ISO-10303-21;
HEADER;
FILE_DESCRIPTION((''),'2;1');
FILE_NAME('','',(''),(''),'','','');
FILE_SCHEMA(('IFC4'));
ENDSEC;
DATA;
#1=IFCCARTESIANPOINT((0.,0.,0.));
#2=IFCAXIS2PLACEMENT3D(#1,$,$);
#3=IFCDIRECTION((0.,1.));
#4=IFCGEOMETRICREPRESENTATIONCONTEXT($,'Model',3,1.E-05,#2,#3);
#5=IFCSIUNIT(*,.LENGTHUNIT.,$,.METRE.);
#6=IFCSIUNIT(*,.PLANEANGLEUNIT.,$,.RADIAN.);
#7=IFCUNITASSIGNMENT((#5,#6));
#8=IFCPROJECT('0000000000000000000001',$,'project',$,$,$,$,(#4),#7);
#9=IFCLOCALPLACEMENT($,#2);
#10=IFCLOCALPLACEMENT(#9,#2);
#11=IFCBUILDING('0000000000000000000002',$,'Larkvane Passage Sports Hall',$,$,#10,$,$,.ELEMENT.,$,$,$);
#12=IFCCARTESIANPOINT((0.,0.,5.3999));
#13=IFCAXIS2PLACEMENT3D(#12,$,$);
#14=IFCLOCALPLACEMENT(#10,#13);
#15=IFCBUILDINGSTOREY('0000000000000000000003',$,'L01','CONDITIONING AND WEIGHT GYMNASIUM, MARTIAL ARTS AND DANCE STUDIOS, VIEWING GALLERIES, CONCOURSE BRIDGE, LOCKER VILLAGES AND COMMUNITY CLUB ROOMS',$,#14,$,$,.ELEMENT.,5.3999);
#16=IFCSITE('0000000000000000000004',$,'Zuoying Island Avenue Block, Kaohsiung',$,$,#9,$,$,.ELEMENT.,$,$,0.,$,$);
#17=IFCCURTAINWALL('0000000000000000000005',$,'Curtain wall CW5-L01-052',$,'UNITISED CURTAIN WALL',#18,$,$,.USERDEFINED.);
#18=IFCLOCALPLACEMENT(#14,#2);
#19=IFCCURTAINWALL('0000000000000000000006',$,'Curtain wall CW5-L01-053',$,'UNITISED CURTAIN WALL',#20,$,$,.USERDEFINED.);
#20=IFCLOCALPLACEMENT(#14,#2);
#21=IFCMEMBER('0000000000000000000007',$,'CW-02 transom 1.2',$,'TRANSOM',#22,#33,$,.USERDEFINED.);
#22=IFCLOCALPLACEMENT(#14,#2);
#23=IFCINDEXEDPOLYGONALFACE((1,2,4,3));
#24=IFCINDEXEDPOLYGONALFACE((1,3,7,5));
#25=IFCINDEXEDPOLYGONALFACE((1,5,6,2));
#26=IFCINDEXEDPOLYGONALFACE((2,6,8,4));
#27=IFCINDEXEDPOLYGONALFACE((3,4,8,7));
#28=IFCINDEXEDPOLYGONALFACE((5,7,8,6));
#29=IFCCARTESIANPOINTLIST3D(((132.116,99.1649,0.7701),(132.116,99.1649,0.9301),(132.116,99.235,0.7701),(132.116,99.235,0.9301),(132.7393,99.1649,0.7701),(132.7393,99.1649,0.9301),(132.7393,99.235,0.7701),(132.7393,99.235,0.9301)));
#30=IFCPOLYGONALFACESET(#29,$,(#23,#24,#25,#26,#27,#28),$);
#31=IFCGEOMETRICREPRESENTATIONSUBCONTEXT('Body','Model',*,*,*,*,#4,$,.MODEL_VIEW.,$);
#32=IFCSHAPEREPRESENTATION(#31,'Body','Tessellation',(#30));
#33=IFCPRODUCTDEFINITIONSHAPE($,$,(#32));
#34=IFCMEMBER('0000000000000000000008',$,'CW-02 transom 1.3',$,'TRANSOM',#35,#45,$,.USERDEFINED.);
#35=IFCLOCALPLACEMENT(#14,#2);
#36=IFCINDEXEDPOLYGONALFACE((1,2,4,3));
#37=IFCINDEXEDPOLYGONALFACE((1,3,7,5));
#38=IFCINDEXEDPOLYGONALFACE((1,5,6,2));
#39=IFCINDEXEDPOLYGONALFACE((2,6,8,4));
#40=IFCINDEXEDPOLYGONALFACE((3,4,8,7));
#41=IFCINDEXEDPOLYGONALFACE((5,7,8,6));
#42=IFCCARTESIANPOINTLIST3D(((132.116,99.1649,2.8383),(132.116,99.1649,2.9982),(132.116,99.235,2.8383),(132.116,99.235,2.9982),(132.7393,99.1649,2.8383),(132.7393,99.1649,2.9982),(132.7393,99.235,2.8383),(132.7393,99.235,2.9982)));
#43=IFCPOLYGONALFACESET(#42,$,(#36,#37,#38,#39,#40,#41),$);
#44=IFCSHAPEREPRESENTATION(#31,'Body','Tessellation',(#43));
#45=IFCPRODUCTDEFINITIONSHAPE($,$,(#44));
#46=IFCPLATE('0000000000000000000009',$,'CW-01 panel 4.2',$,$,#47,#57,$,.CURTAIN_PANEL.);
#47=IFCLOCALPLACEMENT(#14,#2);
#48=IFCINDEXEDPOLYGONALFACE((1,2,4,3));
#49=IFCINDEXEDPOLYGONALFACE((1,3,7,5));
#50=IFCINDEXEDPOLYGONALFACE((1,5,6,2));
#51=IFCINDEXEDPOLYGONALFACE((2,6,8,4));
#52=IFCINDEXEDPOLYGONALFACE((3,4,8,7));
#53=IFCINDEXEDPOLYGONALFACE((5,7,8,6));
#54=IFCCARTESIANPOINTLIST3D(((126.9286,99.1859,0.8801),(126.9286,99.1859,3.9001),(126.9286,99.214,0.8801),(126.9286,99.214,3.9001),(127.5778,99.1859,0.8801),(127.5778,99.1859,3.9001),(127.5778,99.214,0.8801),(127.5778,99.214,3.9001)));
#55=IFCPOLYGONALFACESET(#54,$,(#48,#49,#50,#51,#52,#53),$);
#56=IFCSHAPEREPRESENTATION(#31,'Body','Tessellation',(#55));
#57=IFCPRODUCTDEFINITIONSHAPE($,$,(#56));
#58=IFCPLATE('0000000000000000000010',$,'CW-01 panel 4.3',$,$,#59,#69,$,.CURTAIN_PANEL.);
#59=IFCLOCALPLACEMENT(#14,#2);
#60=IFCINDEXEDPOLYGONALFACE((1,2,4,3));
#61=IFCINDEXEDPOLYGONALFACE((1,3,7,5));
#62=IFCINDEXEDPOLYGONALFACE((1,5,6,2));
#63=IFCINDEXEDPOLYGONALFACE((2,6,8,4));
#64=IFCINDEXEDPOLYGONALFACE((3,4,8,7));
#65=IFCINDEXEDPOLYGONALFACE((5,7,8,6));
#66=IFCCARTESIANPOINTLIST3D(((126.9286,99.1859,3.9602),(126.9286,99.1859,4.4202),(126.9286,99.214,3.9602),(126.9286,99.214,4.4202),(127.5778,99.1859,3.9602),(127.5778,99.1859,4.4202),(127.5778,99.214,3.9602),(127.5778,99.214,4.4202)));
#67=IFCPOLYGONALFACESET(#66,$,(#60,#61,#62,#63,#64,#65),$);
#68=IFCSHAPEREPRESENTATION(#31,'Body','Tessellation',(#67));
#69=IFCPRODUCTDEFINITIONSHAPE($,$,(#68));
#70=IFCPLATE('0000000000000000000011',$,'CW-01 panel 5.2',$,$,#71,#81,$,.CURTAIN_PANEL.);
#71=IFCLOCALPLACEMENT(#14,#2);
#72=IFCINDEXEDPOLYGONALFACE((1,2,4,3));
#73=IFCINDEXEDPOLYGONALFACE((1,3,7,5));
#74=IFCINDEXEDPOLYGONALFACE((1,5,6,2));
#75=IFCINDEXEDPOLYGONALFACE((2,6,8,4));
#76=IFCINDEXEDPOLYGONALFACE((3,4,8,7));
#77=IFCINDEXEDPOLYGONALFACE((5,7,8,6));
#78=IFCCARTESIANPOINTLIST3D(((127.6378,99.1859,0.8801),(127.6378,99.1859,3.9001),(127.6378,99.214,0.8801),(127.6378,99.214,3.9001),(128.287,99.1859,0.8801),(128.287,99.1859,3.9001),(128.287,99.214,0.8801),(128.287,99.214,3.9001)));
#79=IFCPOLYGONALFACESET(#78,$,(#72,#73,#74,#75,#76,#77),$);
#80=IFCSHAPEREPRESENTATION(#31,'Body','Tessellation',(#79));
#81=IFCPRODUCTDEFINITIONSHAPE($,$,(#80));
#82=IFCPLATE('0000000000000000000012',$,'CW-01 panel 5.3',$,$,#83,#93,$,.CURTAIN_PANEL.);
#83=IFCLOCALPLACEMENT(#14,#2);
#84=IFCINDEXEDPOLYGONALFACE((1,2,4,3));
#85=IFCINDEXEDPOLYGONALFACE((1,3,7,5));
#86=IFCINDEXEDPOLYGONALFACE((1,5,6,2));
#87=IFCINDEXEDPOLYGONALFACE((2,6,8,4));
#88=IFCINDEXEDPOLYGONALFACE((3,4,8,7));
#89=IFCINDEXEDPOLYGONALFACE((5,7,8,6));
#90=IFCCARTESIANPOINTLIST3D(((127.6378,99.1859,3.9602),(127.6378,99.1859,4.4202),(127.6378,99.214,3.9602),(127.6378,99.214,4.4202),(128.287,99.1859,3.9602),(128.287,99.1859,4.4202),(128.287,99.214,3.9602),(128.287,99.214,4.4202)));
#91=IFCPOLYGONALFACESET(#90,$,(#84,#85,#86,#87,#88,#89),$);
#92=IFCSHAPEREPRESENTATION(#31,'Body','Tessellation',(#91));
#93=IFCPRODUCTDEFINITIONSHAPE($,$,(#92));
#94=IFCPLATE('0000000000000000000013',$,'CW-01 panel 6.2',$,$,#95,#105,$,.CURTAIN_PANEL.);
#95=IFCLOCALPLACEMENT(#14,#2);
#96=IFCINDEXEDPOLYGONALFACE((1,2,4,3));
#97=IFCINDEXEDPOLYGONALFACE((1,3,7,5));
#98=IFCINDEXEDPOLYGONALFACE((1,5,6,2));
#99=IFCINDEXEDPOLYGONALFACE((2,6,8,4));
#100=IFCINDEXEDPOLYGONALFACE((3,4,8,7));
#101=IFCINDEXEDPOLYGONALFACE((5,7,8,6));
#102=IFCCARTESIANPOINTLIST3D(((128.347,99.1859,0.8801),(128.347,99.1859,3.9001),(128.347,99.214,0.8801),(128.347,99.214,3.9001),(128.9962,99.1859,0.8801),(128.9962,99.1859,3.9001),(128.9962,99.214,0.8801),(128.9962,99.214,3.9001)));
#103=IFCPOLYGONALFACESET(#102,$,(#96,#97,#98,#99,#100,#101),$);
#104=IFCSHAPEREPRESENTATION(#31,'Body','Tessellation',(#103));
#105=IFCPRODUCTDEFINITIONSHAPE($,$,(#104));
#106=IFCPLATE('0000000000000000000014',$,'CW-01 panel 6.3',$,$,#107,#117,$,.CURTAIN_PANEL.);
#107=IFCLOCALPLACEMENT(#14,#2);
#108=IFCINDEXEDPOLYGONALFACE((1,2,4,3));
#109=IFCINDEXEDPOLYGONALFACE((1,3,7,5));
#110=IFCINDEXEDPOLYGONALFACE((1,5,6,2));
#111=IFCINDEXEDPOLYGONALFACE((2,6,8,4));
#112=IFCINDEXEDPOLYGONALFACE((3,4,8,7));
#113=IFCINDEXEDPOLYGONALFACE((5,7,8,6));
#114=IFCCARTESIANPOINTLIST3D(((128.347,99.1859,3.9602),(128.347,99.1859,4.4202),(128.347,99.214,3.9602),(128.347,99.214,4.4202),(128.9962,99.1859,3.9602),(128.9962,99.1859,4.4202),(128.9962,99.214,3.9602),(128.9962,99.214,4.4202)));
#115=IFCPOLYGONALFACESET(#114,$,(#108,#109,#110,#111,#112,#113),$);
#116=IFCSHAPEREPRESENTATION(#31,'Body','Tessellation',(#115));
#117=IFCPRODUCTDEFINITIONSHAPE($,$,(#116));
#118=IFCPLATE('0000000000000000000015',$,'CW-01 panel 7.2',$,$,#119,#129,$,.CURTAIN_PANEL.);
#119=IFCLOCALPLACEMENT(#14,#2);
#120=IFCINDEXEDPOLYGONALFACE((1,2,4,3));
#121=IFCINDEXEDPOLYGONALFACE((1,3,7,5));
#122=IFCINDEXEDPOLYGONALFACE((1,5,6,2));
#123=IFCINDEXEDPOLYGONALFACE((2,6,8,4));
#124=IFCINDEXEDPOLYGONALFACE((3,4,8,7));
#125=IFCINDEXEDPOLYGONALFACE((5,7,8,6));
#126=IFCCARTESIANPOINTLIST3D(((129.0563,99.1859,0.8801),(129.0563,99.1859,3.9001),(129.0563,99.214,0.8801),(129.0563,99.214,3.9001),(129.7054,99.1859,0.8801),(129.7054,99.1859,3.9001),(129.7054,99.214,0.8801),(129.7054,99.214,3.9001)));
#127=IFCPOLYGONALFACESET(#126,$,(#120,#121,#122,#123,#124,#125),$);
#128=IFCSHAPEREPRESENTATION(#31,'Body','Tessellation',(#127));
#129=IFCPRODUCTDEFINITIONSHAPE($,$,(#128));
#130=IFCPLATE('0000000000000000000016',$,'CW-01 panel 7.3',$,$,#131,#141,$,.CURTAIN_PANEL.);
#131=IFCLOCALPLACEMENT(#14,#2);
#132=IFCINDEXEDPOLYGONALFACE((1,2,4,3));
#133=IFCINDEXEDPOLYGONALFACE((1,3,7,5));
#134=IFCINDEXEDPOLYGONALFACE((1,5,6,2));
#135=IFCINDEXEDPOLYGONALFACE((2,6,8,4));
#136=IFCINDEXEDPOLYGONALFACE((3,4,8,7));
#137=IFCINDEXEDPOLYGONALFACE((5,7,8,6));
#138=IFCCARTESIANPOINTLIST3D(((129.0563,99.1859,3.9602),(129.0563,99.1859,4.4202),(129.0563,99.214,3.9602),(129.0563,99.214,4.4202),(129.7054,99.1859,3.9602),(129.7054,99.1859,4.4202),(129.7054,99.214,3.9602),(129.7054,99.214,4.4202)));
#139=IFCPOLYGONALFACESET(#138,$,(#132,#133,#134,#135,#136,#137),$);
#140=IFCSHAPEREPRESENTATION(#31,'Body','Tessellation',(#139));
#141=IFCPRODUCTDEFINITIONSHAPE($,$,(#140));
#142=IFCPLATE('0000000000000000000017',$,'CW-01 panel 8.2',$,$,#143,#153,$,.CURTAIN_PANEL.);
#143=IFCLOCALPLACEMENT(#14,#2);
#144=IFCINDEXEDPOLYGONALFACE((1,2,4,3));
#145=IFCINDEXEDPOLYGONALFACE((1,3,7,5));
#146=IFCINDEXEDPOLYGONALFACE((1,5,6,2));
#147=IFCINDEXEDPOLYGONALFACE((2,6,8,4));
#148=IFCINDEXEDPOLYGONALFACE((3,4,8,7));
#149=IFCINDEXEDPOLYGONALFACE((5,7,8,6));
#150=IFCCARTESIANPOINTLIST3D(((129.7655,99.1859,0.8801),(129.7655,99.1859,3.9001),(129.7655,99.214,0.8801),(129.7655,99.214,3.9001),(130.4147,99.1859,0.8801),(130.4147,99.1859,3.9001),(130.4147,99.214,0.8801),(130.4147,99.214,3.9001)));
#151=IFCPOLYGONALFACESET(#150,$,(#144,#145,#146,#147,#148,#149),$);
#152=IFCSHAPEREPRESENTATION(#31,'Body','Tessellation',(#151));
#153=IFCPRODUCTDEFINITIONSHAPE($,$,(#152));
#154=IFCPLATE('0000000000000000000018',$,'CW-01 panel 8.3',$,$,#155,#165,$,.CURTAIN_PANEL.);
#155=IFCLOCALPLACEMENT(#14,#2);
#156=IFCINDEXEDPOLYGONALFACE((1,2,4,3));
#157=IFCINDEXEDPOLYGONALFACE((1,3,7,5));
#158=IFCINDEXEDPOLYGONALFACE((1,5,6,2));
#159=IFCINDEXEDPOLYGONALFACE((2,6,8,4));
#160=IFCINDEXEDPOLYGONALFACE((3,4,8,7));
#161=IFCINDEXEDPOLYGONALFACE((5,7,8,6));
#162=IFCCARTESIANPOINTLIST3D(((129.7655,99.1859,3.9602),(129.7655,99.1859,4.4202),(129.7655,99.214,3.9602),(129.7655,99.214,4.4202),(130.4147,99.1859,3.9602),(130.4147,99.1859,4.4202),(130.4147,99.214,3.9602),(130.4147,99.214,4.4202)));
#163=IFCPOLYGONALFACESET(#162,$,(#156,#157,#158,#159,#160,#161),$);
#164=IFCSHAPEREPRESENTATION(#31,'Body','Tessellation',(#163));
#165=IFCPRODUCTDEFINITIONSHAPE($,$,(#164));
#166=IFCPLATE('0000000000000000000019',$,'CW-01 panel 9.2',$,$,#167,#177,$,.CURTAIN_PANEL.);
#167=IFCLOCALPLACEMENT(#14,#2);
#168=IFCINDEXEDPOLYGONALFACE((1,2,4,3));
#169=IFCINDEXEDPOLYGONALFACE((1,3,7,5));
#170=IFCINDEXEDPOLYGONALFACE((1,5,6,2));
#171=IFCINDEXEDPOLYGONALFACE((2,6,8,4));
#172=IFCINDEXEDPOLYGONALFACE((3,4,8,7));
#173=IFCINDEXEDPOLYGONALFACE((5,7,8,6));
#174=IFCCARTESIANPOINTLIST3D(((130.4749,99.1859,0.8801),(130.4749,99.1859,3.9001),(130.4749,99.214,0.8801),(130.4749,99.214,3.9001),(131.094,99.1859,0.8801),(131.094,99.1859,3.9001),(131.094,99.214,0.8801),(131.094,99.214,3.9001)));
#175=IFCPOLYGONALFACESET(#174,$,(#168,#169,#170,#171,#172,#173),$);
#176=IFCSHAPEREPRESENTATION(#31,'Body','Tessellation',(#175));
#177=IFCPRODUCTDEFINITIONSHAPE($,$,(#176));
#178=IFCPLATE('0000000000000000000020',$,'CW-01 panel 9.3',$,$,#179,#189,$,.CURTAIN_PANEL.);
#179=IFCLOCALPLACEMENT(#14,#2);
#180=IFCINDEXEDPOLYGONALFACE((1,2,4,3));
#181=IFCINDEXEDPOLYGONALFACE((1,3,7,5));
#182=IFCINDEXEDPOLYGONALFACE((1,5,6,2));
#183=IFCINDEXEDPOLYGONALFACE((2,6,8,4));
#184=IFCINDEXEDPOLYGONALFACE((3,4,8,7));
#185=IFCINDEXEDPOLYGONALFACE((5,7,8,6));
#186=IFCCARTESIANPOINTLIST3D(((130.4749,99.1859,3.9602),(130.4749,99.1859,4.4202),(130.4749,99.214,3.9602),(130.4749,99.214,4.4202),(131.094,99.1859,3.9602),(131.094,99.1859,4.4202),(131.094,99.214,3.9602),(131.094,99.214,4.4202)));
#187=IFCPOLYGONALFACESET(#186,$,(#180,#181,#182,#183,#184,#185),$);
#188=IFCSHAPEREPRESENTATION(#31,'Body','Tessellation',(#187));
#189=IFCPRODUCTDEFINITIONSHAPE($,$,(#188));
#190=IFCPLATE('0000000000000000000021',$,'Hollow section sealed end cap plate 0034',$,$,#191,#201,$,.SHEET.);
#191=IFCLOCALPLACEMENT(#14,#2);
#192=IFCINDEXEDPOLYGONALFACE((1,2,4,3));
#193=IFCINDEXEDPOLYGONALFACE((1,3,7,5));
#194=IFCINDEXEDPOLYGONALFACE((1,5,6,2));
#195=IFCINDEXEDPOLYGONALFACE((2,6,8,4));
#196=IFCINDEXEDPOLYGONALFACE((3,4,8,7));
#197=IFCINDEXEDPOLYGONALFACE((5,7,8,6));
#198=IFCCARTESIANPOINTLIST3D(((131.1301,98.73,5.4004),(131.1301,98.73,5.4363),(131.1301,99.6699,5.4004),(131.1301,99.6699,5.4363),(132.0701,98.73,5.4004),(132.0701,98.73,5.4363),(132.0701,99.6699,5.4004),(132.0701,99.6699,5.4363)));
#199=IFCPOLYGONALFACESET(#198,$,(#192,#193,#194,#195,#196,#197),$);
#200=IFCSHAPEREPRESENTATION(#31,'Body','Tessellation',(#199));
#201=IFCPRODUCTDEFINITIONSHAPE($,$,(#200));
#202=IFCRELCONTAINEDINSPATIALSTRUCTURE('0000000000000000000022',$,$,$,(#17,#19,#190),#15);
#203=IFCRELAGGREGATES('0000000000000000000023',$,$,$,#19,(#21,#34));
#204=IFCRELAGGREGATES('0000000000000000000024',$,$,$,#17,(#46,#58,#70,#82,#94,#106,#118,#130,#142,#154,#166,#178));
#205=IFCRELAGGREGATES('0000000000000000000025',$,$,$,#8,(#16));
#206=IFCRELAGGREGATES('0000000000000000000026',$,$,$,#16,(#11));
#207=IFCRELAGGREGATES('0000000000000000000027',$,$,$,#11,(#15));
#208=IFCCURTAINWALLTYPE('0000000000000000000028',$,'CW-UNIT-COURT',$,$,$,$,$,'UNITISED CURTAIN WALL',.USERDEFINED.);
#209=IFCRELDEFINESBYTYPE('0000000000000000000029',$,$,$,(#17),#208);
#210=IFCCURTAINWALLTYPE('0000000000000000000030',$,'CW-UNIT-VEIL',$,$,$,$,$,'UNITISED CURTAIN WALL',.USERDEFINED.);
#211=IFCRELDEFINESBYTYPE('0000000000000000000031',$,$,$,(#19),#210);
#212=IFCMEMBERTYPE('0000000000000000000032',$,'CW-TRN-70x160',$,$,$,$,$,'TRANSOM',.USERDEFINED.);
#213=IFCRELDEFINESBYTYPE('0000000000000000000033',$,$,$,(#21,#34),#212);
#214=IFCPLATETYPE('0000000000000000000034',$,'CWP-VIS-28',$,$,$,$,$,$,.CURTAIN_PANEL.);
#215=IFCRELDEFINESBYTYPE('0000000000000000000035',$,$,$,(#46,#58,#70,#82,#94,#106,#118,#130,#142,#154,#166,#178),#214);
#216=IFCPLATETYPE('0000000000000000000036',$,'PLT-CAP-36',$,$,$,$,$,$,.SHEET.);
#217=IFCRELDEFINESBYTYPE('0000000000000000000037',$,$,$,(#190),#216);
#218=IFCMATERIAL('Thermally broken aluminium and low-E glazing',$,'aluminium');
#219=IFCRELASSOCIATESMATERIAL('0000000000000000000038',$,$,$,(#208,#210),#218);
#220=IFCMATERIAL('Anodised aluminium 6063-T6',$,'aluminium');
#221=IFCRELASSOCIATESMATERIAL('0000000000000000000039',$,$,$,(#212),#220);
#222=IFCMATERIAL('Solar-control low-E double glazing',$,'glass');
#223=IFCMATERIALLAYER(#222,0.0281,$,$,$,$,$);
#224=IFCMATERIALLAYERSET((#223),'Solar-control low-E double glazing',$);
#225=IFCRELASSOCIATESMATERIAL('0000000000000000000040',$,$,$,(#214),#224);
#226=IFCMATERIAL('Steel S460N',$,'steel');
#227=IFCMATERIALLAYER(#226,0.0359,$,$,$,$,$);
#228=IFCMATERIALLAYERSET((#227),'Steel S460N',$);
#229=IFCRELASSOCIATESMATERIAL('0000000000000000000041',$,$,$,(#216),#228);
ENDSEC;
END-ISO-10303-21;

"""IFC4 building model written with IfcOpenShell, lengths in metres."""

from ifc_helpers import new_model, si_unit, direction, frame, origin, origin_2d, place, context, subcontext, project, spatial, rectangle, extrude, material, layer, layer_set, material_profile, profile_set, type_object, element, aggregate, save


model = new_model("IFC4")

# Units and contexts
model_context = context("Model", 3, precision=1e-05, world=origin(), true_north=direction((0.0, 1.0)))
body_context = subcontext(model_context, "Body", "Model", "MODEL_VIEW")
ifc_project = project(units=[si_unit("LENGTHUNIT", "METRE"), si_unit("PLANEANGLEUNIT", "RADIAN")], contexts=[model_context])

# Site, building, storey
site_placement = place(None, origin())
site = spatial("IfcSite", under=ifc_project, at=site_placement, Name="Zuoying Island Avenue Block, Kaohsiung", CompositionType="ELEMENT", RefElevation=0.0)
building_placement = place(site_placement, origin())
building = spatial("IfcBuilding", under=site, at=building_placement, Name="Larkvane Passage Sports Hall", CompositionType="ELEMENT")
storey_placement = place(building_placement, frame((0.0, 0.0, 5.3999)))
storey = spatial("IfcBuildingStorey", under=building, at=storey_placement, Name="L01", Description="CONDITIONING AND WEIGHT GYMNASIUM, MARTIAL ARTS AND DANCE STUDIOS, VIEWING GALLERIES, CONCOURSE BRIDGE, LOCKER VILLAGES AND COMMUNITY CLUB ROOMS", CompositionType="ELEMENT", Elevation=5.3999)

# Curtain walls, members
ifc_material_1 = material(Name="Thermally broken aluminium and low-E glazing", Category="aluminium")
curtain_wall_type_1 = type_object("IfcCurtainWallType", Name="CW-UNIT-COURT", ElementType="UNITISED CURTAIN WALL", PredefinedType="USERDEFINED", material=ifc_material_1)
curtain_wall_1_placement = place(storey_placement, origin())
curtain_wall_1 = element("IfcCurtainWall", 1, at=curtain_wall_1_placement, inside=storey, type_object=curtain_wall_type_1, Name="Curtain wall CW5-L01-052", ObjectType="UNITISED CURTAIN WALL", PredefinedType="USERDEFINED")
ifc_material_2 = material(Name="Anodised aluminium 6063-T6", Category="aluminium")
curtain_wall_type_2 = type_object("IfcCurtainWallType", Name="CW-UNIT-VEIL", ElementType="UNITISED CURTAIN WALL", PredefinedType="USERDEFINED", material=ifc_material_1)
curtain_wall_2_placement = place(storey_placement, origin())
curtain_wall_2 = element("IfcCurtainWall", 2, at=curtain_wall_2_placement, inside=storey, type_object=curtain_wall_type_2, Name="Curtain wall CW5-L01-053", ObjectType="UNITISED CURTAIN WALL", PredefinedType="USERDEFINED")
ifc_material_profile_1 = material_profile(ifc_material_2, rectangle(XDim=0.0701, YDim=0.1599, at=origin_2d()), Name="ALU-TRN-70x160")
ifc_profile_set_1 = profile_set([ifc_material_profile_1], Name="Anodised aluminium 6063-T6")
member_type_1 = type_object("IfcMemberType", Name="CW-TRN-70x160", ElementType="TRANSOM", PredefinedType="USERDEFINED", material=ifc_profile_set_1)
member_1_placement = place(storey_placement, frame((132.116, 99.2, 0.8501), z_axis=(1.0, 0.0, 0.0), x_axis=(0.0, 1.0, 0.0)))
member_1 = element("IfcMember", 3, at=member_1_placement, type_object=member_type_1, Name="CW-02 transom 1.2", ObjectType="TRANSOM", PredefinedType="USERDEFINED", context=body_context, shape_type="SweptSolid", body=[
    extrude(rectangle(XDim=0.0701, YDim=0.1599, at=origin_2d()), origin(), (0.0, 0.0, 1.0), 0.6233),
])
member_2_placement = place(storey_placement, frame((132.116, 99.2, 2.9182), z_axis=(1.0, 0.0, 0.0), x_axis=(0.0, 1.0, 0.0)))
member_2 = element("IfcMember", 4, at=member_2_placement, type_object=member_type_1, Name="CW-02 transom 1.3", ObjectType="TRANSOM", PredefinedType="USERDEFINED", context=body_context, shape_type="SweptSolid", body=[
    extrude(rectangle(XDim=0.0701, YDim=0.1599, at=origin_2d()), origin(), (0.0, 0.0, 1.0), 0.6233),
])
aggregate(curtain_wall_2, [member_1, member_2])

# Plates
ifc_material_3 = material(Name="Solar-control low-E double glazing", Category="glass")
ifc_layer_1 = layer(ifc_material_3, 0.0281)
ifc_layer_set_1 = layer_set([ifc_layer_1], Name="Solar-control low-E double glazing")
plate_type_1 = type_object("IfcPlateType", Name="CWP-VIS-28", PredefinedType="CURTAIN_PANEL", material=ifc_layer_set_1)
plate_1_placement = place(storey_placement, frame((127.2532, 99.2, 0.8801), z_axis=(0.0, 0.0, 1.0), x_axis=(1.0, 0.0, 0.0)))
plate_1 = element("IfcPlate", 5, at=plate_1_placement, type_object=plate_type_1, Name="CW-01 panel 4.2", PredefinedType="CURTAIN_PANEL", context=body_context, shape_type="SweptSolid", body=[
    extrude(rectangle(XDim=0.6492, YDim=0.0281, at=origin_2d()), origin(), (0.0, 0.0, 1.0), 3.02),
])
plate_2_placement = place(storey_placement, frame((127.2532, 99.2, 3.9602), z_axis=(0.0, 0.0, 1.0), x_axis=(1.0, 0.0, 0.0)))
plate_2 = element("IfcPlate", 6, at=plate_2_placement, type_object=plate_type_1, Name="CW-01 panel 4.3", PredefinedType="CURTAIN_PANEL", context=body_context, shape_type="SweptSolid", body=[
    extrude(rectangle(XDim=0.6492, YDim=0.0281, at=origin_2d()), origin(), (0.0, 0.0, 1.0), 0.46),
])
plate_3_placement = place(storey_placement, frame((127.9624, 99.2, 0.8801), z_axis=(0.0, 0.0, 1.0), x_axis=(1.0, 0.0, 0.0)))
plate_3 = element("IfcPlate", 7, at=plate_3_placement, type_object=plate_type_1, Name="CW-01 panel 5.2", PredefinedType="CURTAIN_PANEL", context=body_context, shape_type="SweptSolid", body=[
    extrude(rectangle(XDim=0.6492, YDim=0.0281, at=origin_2d()), origin(), (0.0, 0.0, 1.0), 3.02),
])
plate_4_placement = place(storey_placement, frame((127.9624, 99.2, 3.9602), z_axis=(0.0, 0.0, 1.0), x_axis=(1.0, 0.0, 0.0)))
plate_4 = element("IfcPlate", 8, at=plate_4_placement, type_object=plate_type_1, Name="CW-01 panel 5.3", PredefinedType="CURTAIN_PANEL", context=body_context, shape_type="SweptSolid", body=[
    extrude(rectangle(XDim=0.6492, YDim=0.0281, at=origin_2d()), origin(), (0.0, 0.0, 1.0), 0.46),
])
plate_5_placement = place(storey_placement, frame((128.6716, 99.2, 0.8801), z_axis=(0.0, 0.0, 1.0), x_axis=(1.0, 0.0, 0.0)))
plate_5 = element("IfcPlate", 9, at=plate_5_placement, type_object=plate_type_1, Name="CW-01 panel 6.2", PredefinedType="CURTAIN_PANEL", context=body_context, shape_type="SweptSolid", body=[
    extrude(rectangle(XDim=0.6492, YDim=0.0281, at=origin_2d()), origin(), (0.0, 0.0, 1.0), 3.02),
])
plate_6_placement = place(storey_placement, frame((128.6716, 99.2, 3.9602), z_axis=(0.0, 0.0, 1.0), x_axis=(1.0, 0.0, 0.0)))
plate_6 = element("IfcPlate", 10, at=plate_6_placement, type_object=plate_type_1, Name="CW-01 panel 6.3", PredefinedType="CURTAIN_PANEL", context=body_context, shape_type="SweptSolid", body=[
    extrude(rectangle(XDim=0.6492, YDim=0.0281, at=origin_2d()), origin(), (0.0, 0.0, 1.0), 0.46),
])
plate_7_placement = place(storey_placement, frame((129.3809, 99.2, 0.8801), z_axis=(0.0, 0.0, 1.0), x_axis=(1.0, 0.0, 0.0)))
plate_7 = element("IfcPlate", 11, at=plate_7_placement, type_object=plate_type_1, Name="CW-01 panel 7.2", PredefinedType="CURTAIN_PANEL", context=body_context, shape_type="SweptSolid", body=[
    extrude(rectangle(XDim=0.6492, YDim=0.0281, at=origin_2d()), origin(), (0.0, 0.0, 1.0), 3.02),
])
plate_8_placement = place(storey_placement, frame((129.3809, 99.2, 3.9602), z_axis=(0.0, 0.0, 1.0), x_axis=(1.0, 0.0, 0.0)))
plate_8 = element("IfcPlate", 12, at=plate_8_placement, type_object=plate_type_1, Name="CW-01 panel 7.3", PredefinedType="CURTAIN_PANEL", context=body_context, shape_type="SweptSolid", body=[
    extrude(rectangle(XDim=0.6492, YDim=0.0281, at=origin_2d()), origin(), (0.0, 0.0, 1.0), 0.46),
])
plate_9_placement = place(storey_placement, frame((130.0901, 99.2, 0.8801), z_axis=(0.0, 0.0, 1.0), x_axis=(1.0, 0.0, 0.0)))
plate_9 = element("IfcPlate", 13, at=plate_9_placement, type_object=plate_type_1, Name="CW-01 panel 8.2", PredefinedType="CURTAIN_PANEL", context=body_context, shape_type="SweptSolid", body=[
    extrude(rectangle(XDim=0.6492, YDim=0.0281, at=origin_2d()), origin(), (0.0, 0.0, 1.0), 3.02),
])
plate_10_placement = place(storey_placement, frame((130.0901, 99.2, 3.9602), z_axis=(0.0, 0.0, 1.0), x_axis=(1.0, 0.0, 0.0)))
plate_10 = element("IfcPlate", 14, at=plate_10_placement, type_object=plate_type_1, Name="CW-01 panel 8.3", PredefinedType="CURTAIN_PANEL", context=body_context, shape_type="SweptSolid", body=[
    extrude(rectangle(XDim=0.6492, YDim=0.0281, at=origin_2d()), origin(), (0.0, 0.0, 1.0), 0.46),
])
plate_11_placement = place(storey_placement, frame((130.7844, 99.2, 0.8801), z_axis=(0.0, 0.0, 1.0), x_axis=(1.0, 0.0, 0.0)))
plate_11 = element("IfcPlate", 15, at=plate_11_placement, type_object=plate_type_1, Name="CW-01 panel 9.2", PredefinedType="CURTAIN_PANEL", context=body_context, shape_type="SweptSolid", body=[
    extrude(rectangle(XDim=0.6191, YDim=0.0281, at=origin_2d()), origin(), (0.0, 0.0, 1.0), 3.02),
])
plate_12_placement = place(storey_placement, frame((130.7844, 99.2, 3.9602), z_axis=(0.0, 0.0, 1.0), x_axis=(1.0, 0.0, 0.0)))
plate_12 = element("IfcPlate", 16, at=plate_12_placement, type_object=plate_type_1, Name="CW-01 panel 9.3", PredefinedType="CURTAIN_PANEL", context=body_context, shape_type="SweptSolid", body=[
    extrude(rectangle(XDim=0.6191, YDim=0.0281, at=origin_2d()), origin(), (0.0, 0.0, 1.0), 0.46),
])
aggregate(curtain_wall_1, [plate_1, plate_2, plate_3, plate_4, plate_5, plate_6, plate_7, plate_8, plate_9, plate_10, plate_11, plate_12])
ifc_material_4 = material(Name="Steel S460N", Category="steel")
ifc_layer_2 = layer(ifc_material_4, 0.0359)
ifc_layer_set_2 = layer_set([ifc_layer_2], Name="Steel S460N")
plate_type_2 = type_object("IfcPlateType", Name="PLT-CAP-36", PredefinedType="SHEET", material=ifc_layer_set_2)
plate_13_placement = place(storey_placement, frame((131.6001, 99.2, 5.4004), z_axis=(0.0, 0.0, 1.0), x_axis=(1.0, 0.0, 0.0)))
element("IfcPlate", 17, at=plate_13_placement, inside=storey, type_object=plate_type_2, Name="Hollow section sealed end cap plate 0034", PredefinedType="SHEET", context=body_context, shape_type="SweptSolid", body=[
    extrude(rectangle(XDim=0.9399, YDim=0.9399, at=origin_2d()), origin(), (0.0, 0.0, 1.0), 0.0359),
])

save(model, "model.ifc")
